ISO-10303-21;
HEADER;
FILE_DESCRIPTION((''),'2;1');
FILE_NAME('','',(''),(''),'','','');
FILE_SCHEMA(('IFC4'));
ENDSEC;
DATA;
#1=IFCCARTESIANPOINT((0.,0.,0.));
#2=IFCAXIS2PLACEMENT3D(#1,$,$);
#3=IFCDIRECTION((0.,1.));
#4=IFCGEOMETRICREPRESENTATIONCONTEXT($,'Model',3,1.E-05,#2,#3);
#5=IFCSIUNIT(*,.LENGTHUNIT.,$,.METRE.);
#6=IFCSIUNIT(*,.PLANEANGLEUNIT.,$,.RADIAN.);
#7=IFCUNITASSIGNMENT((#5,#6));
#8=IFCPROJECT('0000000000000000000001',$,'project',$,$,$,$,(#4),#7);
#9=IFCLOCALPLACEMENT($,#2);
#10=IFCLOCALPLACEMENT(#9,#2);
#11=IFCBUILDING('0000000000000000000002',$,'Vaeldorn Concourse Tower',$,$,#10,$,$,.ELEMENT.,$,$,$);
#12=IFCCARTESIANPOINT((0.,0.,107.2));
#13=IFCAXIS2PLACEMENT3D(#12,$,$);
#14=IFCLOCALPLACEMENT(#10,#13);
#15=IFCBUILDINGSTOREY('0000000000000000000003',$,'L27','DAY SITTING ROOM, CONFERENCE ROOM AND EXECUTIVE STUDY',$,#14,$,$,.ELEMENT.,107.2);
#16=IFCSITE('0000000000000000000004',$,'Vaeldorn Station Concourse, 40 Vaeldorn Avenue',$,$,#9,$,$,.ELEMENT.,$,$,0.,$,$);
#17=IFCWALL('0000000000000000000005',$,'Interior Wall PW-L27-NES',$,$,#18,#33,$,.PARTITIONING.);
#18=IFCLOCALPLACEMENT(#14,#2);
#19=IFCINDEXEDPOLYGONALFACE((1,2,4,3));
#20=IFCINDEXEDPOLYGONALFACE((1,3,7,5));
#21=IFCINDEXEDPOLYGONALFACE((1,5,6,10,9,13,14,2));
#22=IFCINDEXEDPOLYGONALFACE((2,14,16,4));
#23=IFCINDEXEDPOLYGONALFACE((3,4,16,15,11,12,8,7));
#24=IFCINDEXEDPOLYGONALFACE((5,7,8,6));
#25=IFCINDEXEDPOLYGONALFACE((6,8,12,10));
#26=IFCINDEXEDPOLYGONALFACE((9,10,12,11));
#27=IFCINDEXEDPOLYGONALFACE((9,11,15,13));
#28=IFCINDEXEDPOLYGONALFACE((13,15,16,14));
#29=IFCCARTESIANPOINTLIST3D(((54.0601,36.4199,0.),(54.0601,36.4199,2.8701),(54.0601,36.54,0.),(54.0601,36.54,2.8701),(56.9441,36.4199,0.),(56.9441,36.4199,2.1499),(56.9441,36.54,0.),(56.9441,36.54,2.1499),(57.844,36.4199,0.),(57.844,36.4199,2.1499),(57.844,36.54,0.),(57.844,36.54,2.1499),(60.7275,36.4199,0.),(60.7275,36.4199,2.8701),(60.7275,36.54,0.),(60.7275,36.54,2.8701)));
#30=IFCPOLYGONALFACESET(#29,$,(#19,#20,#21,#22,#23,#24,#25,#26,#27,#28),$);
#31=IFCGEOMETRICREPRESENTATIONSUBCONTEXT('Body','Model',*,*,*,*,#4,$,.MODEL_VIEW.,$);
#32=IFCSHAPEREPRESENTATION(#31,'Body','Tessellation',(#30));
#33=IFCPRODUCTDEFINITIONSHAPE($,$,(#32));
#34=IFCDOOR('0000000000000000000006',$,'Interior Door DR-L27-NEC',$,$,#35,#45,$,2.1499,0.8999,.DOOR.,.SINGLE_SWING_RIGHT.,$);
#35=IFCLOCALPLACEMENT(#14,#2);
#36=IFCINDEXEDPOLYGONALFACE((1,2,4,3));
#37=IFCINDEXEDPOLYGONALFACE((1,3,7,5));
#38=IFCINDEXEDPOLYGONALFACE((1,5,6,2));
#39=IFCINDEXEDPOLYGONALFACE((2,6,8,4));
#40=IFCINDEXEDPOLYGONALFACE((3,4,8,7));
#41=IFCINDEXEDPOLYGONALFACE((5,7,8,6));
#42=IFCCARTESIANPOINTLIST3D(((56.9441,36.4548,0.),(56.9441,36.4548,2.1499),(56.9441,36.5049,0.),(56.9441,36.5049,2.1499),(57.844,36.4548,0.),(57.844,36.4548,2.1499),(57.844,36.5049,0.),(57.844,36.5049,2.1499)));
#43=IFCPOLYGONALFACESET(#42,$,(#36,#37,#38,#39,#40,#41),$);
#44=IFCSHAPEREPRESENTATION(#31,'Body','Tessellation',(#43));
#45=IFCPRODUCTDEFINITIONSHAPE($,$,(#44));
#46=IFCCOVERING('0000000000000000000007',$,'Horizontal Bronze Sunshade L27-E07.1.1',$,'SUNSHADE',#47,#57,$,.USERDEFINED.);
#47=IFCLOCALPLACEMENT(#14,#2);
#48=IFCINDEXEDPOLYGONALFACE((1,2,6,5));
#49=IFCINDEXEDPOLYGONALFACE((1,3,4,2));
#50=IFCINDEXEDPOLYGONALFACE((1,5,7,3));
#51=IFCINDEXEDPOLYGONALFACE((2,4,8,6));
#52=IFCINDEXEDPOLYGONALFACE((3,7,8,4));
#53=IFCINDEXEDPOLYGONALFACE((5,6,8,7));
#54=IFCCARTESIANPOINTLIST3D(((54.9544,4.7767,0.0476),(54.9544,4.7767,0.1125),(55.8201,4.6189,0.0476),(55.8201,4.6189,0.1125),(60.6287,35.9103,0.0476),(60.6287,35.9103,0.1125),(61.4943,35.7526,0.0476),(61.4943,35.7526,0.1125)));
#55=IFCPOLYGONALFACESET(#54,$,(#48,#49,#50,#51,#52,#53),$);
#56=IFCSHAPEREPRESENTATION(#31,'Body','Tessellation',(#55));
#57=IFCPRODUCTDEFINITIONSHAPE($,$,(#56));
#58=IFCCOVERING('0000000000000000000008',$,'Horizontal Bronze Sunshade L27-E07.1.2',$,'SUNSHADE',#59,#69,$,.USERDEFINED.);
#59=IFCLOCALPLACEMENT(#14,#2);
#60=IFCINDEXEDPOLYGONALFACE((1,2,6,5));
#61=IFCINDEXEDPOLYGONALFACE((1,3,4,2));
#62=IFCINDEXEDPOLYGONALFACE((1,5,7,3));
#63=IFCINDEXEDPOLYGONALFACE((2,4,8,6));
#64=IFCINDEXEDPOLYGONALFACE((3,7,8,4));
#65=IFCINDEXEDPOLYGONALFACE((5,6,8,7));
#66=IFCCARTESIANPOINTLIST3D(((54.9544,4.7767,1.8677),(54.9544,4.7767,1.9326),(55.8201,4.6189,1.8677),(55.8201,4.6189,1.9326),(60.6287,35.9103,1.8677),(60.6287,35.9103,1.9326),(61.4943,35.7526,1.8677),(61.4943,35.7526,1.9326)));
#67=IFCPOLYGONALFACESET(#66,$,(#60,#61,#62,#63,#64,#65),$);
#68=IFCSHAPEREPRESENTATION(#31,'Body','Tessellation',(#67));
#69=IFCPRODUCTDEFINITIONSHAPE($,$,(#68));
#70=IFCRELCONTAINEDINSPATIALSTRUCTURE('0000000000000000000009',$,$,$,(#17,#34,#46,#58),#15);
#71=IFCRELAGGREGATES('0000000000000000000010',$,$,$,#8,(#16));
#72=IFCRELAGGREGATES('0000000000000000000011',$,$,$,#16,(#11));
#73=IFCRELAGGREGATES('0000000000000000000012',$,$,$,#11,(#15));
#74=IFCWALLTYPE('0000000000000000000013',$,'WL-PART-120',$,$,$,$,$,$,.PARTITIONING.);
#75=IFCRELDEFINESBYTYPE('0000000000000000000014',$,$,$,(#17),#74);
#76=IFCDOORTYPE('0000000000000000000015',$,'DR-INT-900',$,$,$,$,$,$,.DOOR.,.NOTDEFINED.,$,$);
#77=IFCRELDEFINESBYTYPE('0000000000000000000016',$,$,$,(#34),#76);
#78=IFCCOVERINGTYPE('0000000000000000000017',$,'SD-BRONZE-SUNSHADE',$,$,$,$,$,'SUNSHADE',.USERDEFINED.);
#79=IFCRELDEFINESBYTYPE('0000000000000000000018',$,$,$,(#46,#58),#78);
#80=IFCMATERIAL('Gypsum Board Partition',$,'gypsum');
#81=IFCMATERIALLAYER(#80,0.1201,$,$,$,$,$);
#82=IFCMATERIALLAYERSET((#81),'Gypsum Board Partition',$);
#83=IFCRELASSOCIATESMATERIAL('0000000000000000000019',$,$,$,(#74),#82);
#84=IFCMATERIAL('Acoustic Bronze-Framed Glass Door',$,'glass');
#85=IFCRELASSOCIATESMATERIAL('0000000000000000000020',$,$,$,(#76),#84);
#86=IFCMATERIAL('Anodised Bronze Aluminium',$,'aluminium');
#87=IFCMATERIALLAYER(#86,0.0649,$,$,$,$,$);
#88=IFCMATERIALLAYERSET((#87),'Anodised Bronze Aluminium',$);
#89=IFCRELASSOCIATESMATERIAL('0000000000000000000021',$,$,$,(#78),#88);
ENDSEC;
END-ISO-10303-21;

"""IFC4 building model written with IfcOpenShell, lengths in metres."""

from ifc_helpers import new_model, si_unit, direction, frame, frame_2d, origin, origin_2d, place, context, subcontext, project, spatial, rectangle, extrude, source, transform, mapped, material, layer, layer_set, type_object, element, fill, save


model = new_model("IFC4")

# Units and contexts
model_context = context("Model", 3, precision=1e-05, world=origin(), true_north=direction((0.0, 1.0)))
body_context = subcontext(model_context, "Body", "Model", "MODEL_VIEW")
ifc_project = project(units=[si_unit("LENGTHUNIT", "METRE"), si_unit("PLANEANGLEUNIT", "RADIAN")], contexts=[model_context])

# Site, building, storey
site_placement = place(None, origin())
site = spatial("IfcSite", under=ifc_project, at=site_placement, Name="Vaeldorn Station Concourse, 40 Vaeldorn Avenue", CompositionType="ELEMENT", RefElevation=0.0)
building_placement = place(site_placement, origin())
building = spatial("IfcBuilding", under=site, at=building_placement, Name="Vaeldorn Concourse Tower", CompositionType="ELEMENT")
storey_placement = place(building_placement, frame((0.0, 0.0, 107.2)))
storey = spatial("IfcBuildingStorey", under=building, at=storey_placement, Name="L27", Description="DAY SITTING ROOM, CONFERENCE ROOM AND EXECUTIVE STUDY", CompositionType="ELEMENT", Elevation=107.2)

# Shared definitions
ifc_material_1 = material(Name="Anodised Bronze Aluminium", Category="aluminium")

# Wall, opening, door
ifc_material_2 = material(Name="Gypsum Board Partition", Category="gypsum")
ifc_layer_1 = layer(ifc_material_2, 0.1201)
ifc_layer_set_1 = layer_set([ifc_layer_1], Name="Gypsum Board Partition")
wall_type = type_object("IfcWallType", Name="WL-PART-120", PredefinedType="PARTITIONING", material=ifc_layer_set_1)
wall_placement = place(storey_placement, frame((54.0601, 36.48, 0.0), z_axis=(0.0, 0.0, 1.0), x_axis=(1.0, 0.0, 0.0)))
wall = element("IfcWall", 1, at=wall_placement, inside=storey, type_object=wall_type, Name="Interior Wall PW-L27-NES", PredefinedType="PARTITIONING", context=body_context, shape_type="SweptSolid", body=[
    extrude(rectangle(XDim=6.6675, YDim=0.1201, at=frame_2d((3.3337, 0.0))), origin(), (0.0, 0.0, 1.0), 2.8701),
])
opening_placement = place(wall_placement, frame((2.884, 0.0, 0.0)))
opening = element("IfcOpeningElement", 2, at=opening_placement, cuts=wall, PredefinedType="OPENING", context=body_context, shape_type="SweptSolid", body=[
    extrude(rectangle(XDim=0.8999, YDim=2.1499, at=frame_2d((0.45, 1.075))), frame((0.0, 0.0701, 0.0), z_axis=(0.0, -1.0, 0.0), x_axis=(1.0, 0.0, 0.0)), (0.0, 0.0, 1.0), 0.1401),
])
ifc_material_3 = material(Name="Acoustic Bronze-Framed Glass Door", Category="glass")
door_type = type_object("IfcDoorType", Name="DR-INT-900", OperationType="NOTDEFINED", PredefinedType="DOOR", material=ifc_material_3)
shared_shape_1 = source(origin(), body_context, "Body", "SweptSolid", [
    extrude(rectangle(XDim=0.8999, YDim=2.1499, at=frame_2d((0.45, 1.075))), frame((0.0, 0.0249, 0.0), z_axis=(0.0, -1.0, 0.0), x_axis=(1.0, 0.0, 0.0)), (0.0, 0.0, 1.0), 0.05),
])
door_placement = place(opening_placement, origin())
door = element("IfcDoor", 3, at=door_placement, inside=storey, type_object=door_type, Name="Interior Door DR-L27-NEC", OperationType="SINGLE_SWING_RIGHT", OverallHeight=2.1499, OverallWidth=0.8999, PredefinedType="DOOR", context=body_context, shape_type="MappedRepresentation", body=[
    mapped(shared_shape_1, transform((0.0, 0.0, 0.0), scale=1.0)),
])
fill(opening, door)

# Coverings
ifc_layer_2 = layer(ifc_material_1, 0.0649)
ifc_layer_set_2 = layer_set([ifc_layer_2], Name="Anodised Bronze Aluminium")
covering_type = type_object("IfcCoveringType", Name="SD-BRONZE-SUNSHADE", ElementType="SUNSHADE", PredefinedType="USERDEFINED", material=ifc_layer_set_2)
shared_shape_2 = source(origin(), body_context, "Body", "SweptSolid", [
    extrude(rectangle(XDim=31.6465, YDim=0.8799, at=origin_2d()), origin(), (0.0, 0.0, 1.0), 0.0649),
])
for number, where, z_axis, x_axis, name in (
    (4, (58.2244, 20.2646, 0.0476), (0.0, 0.0, 1.0), (0.1793, 0.983794, 0.0), "Horizontal Bronze Sunshade L27-E07.1.1"),
    (5, (58.2244, 20.2646, 1.8677), (0.0, 0.0, 1.0), (0.1793, 0.983794, 0.0), "Horizontal Bronze Sunshade L27-E07.1.2"),
):
    element("IfcCovering", number, at=place(storey_placement, frame(where, z_axis=z_axis, x_axis=x_axis)), inside=storey, type_object=covering_type, Name=name, ObjectType="SUNSHADE", PredefinedType="USERDEFINED", context=body_context, shape_type="MappedRepresentation", body=[
        mapped(shared_shape_2, transform((0.0, 0.0, 0.0), scale=1.0)),
    ])

save(model, "model.ifc")
